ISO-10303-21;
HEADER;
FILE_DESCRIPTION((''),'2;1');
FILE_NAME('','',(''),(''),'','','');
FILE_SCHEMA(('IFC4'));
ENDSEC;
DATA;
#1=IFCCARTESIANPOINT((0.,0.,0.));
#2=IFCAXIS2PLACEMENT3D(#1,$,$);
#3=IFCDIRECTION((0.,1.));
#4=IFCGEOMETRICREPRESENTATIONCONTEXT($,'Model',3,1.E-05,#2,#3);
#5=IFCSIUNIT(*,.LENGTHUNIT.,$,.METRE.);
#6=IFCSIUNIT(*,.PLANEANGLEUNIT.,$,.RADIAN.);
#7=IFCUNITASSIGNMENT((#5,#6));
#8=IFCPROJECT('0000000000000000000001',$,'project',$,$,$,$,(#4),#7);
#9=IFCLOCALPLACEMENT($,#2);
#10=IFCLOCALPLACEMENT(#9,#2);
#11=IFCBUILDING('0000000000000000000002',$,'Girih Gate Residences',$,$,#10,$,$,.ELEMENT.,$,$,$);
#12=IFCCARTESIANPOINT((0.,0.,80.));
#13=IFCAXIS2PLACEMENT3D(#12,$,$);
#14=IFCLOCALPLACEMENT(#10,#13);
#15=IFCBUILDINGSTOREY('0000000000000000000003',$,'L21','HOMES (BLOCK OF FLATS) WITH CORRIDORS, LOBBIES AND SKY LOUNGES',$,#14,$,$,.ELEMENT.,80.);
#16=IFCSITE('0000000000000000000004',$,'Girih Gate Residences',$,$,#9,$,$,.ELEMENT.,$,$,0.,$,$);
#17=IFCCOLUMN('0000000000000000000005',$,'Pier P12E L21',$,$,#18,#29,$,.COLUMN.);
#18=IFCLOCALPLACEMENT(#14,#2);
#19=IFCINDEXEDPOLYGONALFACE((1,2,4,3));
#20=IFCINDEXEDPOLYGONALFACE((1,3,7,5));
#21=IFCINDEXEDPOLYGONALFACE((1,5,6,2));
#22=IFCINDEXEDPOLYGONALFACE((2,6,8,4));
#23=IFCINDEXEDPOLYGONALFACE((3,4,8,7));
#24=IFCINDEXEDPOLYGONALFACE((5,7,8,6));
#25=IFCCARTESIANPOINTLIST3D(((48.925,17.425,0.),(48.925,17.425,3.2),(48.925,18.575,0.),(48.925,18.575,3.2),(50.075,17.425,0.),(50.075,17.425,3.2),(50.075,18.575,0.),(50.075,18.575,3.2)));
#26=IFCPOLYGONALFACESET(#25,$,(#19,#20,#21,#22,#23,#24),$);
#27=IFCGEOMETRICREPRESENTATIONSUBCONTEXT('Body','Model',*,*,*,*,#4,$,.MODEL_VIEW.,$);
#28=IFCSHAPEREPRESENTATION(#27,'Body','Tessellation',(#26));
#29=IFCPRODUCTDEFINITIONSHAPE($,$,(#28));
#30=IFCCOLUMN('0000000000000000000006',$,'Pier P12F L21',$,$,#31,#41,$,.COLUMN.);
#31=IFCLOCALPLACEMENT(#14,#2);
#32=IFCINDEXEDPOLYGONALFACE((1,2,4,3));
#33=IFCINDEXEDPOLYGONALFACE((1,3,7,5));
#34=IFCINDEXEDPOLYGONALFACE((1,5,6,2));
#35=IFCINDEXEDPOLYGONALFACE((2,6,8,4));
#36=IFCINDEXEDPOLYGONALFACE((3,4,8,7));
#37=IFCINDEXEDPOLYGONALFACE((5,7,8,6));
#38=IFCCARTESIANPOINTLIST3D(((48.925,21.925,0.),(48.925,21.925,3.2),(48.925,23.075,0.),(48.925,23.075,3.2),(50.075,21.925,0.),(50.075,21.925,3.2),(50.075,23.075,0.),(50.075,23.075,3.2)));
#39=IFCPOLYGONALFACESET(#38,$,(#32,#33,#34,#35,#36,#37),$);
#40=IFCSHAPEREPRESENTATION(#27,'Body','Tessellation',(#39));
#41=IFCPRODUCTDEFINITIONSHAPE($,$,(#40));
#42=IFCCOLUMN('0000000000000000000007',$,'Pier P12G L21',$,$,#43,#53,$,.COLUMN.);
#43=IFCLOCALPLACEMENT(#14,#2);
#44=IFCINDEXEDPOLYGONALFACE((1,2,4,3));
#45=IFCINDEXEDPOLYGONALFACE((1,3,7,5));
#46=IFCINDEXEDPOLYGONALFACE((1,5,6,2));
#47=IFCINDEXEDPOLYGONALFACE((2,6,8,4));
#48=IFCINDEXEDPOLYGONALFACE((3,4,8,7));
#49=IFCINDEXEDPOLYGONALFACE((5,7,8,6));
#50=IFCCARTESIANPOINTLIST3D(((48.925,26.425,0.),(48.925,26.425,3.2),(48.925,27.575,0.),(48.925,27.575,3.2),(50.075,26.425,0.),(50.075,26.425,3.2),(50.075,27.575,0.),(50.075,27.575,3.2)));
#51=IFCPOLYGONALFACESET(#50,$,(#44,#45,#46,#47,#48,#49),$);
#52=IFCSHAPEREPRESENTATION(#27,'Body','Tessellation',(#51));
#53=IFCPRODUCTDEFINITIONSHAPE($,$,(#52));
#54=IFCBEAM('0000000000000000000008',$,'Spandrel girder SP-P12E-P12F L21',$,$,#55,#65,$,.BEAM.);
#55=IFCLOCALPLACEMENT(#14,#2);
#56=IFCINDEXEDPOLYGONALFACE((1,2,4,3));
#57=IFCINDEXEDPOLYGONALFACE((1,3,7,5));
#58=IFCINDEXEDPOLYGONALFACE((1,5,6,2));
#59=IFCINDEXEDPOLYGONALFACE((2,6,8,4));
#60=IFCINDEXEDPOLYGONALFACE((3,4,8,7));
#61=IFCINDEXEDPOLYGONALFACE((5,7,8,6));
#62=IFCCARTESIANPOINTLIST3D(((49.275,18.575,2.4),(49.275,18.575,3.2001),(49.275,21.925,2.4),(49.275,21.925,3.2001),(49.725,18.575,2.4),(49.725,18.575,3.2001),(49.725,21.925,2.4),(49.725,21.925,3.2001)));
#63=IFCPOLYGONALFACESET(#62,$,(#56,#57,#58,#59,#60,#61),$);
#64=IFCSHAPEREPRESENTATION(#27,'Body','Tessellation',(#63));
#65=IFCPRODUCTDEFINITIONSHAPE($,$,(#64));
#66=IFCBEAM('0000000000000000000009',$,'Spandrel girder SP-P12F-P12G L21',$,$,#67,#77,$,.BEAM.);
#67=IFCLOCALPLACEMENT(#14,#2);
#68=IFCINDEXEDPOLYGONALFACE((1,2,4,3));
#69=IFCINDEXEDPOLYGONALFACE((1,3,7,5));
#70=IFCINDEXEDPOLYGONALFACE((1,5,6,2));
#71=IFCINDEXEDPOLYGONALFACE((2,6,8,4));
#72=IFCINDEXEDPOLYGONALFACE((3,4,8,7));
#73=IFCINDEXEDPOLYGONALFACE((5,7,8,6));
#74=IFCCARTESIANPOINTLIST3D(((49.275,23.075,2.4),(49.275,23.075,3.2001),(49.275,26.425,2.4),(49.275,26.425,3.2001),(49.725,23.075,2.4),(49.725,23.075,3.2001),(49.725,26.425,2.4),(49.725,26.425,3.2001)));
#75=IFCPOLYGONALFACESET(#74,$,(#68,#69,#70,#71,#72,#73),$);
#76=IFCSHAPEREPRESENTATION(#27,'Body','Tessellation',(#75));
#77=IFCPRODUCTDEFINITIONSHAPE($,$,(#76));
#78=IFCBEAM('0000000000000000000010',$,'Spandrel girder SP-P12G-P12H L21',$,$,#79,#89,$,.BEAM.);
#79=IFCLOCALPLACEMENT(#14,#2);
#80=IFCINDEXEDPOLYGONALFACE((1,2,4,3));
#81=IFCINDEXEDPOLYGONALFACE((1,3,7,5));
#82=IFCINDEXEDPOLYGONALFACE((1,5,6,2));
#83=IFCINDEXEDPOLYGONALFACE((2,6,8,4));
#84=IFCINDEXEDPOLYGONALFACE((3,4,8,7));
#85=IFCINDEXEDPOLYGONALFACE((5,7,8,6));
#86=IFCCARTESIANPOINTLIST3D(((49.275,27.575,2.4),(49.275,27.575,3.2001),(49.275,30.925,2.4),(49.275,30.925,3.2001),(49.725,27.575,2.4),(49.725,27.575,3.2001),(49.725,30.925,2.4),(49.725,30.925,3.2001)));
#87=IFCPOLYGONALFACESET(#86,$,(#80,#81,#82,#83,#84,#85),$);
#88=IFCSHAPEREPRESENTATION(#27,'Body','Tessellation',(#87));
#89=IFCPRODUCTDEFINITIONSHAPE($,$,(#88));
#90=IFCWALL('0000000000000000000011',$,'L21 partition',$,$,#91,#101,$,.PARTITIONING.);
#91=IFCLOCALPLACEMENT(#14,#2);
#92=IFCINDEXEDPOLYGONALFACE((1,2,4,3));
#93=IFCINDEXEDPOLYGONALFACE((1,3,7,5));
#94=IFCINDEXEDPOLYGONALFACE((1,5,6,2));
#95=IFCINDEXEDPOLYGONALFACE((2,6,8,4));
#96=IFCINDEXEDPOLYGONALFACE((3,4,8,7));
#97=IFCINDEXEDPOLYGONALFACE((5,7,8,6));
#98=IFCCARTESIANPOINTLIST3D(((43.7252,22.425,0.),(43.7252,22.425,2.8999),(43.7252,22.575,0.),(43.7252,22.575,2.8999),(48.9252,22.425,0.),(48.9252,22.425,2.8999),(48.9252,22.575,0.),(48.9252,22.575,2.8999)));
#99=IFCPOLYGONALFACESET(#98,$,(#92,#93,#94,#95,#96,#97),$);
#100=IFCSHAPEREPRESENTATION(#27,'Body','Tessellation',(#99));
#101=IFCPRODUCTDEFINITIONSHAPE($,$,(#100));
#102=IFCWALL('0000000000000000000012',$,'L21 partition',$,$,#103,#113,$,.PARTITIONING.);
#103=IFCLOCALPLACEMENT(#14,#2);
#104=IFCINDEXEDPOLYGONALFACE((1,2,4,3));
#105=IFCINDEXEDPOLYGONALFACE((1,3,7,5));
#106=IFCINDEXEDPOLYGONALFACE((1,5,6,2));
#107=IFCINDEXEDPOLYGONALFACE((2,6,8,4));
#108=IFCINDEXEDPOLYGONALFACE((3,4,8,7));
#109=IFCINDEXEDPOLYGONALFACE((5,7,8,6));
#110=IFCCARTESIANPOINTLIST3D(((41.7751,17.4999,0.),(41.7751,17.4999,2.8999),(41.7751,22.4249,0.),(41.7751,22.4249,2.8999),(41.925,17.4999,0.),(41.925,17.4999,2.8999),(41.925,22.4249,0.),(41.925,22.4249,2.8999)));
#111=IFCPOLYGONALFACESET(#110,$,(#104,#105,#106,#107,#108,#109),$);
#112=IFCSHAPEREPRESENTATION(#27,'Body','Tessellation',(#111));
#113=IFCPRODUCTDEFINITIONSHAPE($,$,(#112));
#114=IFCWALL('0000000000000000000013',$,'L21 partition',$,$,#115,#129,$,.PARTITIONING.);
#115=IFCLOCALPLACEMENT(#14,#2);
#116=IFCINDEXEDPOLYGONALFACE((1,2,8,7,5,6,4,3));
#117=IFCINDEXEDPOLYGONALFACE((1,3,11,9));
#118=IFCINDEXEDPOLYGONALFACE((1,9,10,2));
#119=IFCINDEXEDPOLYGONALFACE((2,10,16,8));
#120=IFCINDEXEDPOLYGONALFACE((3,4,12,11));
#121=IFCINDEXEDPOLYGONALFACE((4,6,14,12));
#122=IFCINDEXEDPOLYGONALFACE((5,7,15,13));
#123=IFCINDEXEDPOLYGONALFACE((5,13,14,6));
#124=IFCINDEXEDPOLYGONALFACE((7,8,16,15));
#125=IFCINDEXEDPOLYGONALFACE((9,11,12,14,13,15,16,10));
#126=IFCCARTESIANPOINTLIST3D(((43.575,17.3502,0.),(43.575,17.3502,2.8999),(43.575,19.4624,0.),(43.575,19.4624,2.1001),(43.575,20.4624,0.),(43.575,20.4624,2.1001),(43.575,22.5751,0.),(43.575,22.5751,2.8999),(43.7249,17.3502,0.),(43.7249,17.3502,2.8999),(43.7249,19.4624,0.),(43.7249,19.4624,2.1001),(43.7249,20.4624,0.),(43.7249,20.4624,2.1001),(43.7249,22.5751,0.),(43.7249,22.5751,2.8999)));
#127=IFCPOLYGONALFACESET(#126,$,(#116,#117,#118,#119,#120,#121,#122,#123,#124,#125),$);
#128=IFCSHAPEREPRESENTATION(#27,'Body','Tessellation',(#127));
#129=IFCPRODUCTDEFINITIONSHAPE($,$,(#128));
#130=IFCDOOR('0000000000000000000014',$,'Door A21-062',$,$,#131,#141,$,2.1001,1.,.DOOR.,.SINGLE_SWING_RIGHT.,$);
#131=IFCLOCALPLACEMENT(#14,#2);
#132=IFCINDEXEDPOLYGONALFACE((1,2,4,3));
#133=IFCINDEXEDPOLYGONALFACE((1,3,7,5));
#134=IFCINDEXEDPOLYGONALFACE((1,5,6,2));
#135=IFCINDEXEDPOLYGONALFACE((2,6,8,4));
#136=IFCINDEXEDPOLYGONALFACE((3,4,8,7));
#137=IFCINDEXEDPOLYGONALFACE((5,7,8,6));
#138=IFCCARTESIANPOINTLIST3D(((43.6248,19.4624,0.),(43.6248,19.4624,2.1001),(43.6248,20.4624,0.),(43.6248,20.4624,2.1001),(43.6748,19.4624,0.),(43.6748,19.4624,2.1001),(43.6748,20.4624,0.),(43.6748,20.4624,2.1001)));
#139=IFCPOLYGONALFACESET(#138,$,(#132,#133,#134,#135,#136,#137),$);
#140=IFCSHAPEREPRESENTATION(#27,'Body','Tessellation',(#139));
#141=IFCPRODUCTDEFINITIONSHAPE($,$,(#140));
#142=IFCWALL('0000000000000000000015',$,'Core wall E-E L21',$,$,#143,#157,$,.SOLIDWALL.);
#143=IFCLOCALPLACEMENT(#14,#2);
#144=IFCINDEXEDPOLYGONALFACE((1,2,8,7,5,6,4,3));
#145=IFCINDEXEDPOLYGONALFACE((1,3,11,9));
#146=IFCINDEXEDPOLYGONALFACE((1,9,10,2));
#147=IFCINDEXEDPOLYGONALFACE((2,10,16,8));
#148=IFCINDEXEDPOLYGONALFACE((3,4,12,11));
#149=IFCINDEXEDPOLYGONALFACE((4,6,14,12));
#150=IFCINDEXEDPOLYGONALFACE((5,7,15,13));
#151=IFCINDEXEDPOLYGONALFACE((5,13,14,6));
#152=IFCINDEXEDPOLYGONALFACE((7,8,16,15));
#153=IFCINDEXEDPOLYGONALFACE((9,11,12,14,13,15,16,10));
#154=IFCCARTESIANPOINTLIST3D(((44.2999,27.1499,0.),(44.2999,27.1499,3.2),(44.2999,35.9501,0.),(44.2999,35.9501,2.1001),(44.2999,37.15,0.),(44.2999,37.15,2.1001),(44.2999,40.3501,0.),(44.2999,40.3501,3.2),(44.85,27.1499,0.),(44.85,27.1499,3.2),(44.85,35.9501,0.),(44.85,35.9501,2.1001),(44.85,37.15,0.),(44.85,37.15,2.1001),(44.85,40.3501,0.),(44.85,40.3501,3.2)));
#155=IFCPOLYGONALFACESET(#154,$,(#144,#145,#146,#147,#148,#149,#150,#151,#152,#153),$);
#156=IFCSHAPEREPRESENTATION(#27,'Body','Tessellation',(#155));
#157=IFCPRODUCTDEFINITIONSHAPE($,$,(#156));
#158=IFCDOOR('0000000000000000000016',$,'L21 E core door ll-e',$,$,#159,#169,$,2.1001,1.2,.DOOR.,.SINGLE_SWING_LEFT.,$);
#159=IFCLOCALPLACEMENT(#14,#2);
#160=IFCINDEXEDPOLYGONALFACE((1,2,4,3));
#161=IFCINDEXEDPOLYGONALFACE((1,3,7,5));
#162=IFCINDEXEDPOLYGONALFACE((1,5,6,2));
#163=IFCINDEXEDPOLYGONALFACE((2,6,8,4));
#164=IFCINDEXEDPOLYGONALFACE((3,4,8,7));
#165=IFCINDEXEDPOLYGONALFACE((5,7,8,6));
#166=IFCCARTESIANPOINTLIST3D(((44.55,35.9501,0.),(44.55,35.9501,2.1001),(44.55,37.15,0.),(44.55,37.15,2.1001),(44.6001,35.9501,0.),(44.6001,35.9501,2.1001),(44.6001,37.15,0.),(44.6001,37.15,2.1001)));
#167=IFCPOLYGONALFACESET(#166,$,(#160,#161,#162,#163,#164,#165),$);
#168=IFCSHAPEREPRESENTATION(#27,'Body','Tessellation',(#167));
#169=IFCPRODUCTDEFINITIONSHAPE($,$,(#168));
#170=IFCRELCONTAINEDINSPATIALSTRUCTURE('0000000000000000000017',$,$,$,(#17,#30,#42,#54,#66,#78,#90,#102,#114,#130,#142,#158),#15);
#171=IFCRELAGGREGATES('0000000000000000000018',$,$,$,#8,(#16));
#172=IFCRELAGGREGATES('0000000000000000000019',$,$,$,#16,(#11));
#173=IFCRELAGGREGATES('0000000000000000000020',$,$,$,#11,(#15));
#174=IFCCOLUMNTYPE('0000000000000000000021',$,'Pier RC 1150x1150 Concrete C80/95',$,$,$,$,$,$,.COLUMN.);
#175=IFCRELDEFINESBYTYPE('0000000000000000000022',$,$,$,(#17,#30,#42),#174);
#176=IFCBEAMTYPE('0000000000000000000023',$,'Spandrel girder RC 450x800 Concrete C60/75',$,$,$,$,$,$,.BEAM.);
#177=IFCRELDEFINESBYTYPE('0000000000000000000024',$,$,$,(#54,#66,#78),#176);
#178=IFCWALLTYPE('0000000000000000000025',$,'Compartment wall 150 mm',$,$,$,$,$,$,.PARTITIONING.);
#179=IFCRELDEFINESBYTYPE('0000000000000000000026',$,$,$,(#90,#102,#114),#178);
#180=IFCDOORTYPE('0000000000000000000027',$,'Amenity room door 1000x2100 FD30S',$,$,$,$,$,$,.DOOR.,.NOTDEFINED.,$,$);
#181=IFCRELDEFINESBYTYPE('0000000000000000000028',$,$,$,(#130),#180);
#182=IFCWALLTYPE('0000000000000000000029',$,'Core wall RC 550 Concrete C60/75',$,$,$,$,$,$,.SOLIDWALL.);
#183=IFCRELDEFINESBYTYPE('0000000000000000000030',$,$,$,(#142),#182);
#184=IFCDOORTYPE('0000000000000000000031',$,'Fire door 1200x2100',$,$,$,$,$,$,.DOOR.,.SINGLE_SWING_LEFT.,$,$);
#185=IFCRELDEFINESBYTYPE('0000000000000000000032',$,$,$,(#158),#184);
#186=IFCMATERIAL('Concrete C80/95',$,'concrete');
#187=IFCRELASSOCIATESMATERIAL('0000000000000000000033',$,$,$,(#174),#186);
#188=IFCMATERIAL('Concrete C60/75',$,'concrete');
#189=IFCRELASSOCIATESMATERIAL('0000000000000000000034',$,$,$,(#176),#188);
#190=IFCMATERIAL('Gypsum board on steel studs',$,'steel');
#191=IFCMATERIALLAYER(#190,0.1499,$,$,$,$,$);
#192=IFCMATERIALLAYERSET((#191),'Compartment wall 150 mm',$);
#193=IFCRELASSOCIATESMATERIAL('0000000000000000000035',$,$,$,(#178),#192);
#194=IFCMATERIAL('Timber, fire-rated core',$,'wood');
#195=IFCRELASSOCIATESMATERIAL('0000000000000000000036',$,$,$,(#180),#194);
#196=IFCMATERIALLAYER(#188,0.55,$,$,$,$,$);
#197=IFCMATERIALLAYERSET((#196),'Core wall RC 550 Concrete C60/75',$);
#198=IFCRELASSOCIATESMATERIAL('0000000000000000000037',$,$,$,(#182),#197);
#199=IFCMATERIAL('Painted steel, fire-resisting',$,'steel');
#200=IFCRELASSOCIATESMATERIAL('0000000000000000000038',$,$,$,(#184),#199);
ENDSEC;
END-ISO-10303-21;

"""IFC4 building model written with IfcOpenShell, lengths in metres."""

from ifc_helpers import new_model, si_unit, direction, frame, frame_2d, origin, origin_2d, place, context, subcontext, project, spatial, rectangle, extrude, material, layer, layer_set, material_profile, profile_set, type_object, element, fill, save


model = new_model("IFC4")

# Units and contexts
model_context = context("Model", 3, precision=1e-05, world=origin(), true_north=direction((0.0, 1.0)))
body_context = subcontext(model_context, "Body", "Model", "MODEL_VIEW")
ifc_project = project(units=[si_unit("LENGTHUNIT", "METRE"), si_unit("PLANEANGLEUNIT", "RADIAN")], contexts=[model_context])

# Site, building, storey
site_placement = place(None, origin())
site = spatial("IfcSite", under=ifc_project, at=site_placement, Name="Girih Gate Residences", CompositionType="ELEMENT", RefElevation=0.0)
building_placement = place(site_placement, origin())
building = spatial("IfcBuilding", under=site, at=building_placement, Name="Girih Gate Residences", CompositionType="ELEMENT")
storey_placement = place(building_placement, frame((0.0, 0.0, 80.0)))
storey = spatial("IfcBuildingStorey", under=building, at=storey_placement, Name="L21", Description="HOMES (BLOCK OF FLATS) WITH CORRIDORS, LOBBIES AND SKY LOUNGES", CompositionType="ELEMENT", Elevation=80.0)

# Columns
ifc_material_1 = material(Name="Concrete C80/95", Category="concrete")
ifc_material_profile_1 = material_profile(ifc_material_1, rectangle(XDim=1.1499, YDim=1.1499, at=origin_2d()))
ifc_profile_set_1 = profile_set([ifc_material_profile_1], Name="Concrete C80/95")
column_type = type_object("IfcColumnType", Name="Pier RC 1150x1150 Concrete C80/95", PredefinedType="COLUMN", material=ifc_profile_set_1)
for number, where, z_axis, x_axis, name in (
    (1, (49.5, 18.0, 0.0), (0.0, 0.0, 1.0), (1.0, 0.0, 0.0), "Pier P12E L21"),
    (2, (49.5, 22.5, 0.0), (0.0, 0.0, 1.0), (1.0, 0.0, 0.0), "Pier P12F L21"),
    (3, (49.5, 27.0, 0.0), (0.0, 0.0, 1.0), (1.0, 0.0, 0.0), "Pier P12G L21"),
):
    element("IfcColumn", number, at=place(storey_placement, frame(where, z_axis=z_axis, x_axis=x_axis)), inside=storey, type_object=column_type, Name=name, PredefinedType="COLUMN", context=body_context, shape_type="SweptSolid", body=[
        extrude(rectangle(XDim=1.1499, YDim=1.1499, at=origin_2d()), origin(), (0.0, 0.0, 1.0), 3.2),
    ])

# Beams
ifc_material_2 = material(Name="Concrete C60/75", Category="concrete")
ifc_material_profile_2 = material_profile(ifc_material_2, rectangle(XDim=0.45, YDim=0.8, at=origin_2d()))
ifc_profile_set_2 = profile_set([ifc_material_profile_2], Name="Concrete C60/75")
beam_type = type_object("IfcBeamType", Name="Spandrel girder RC 450x800 Concrete C60/75", PredefinedType="BEAM", material=ifc_profile_set_2)
for number, where, z_axis, x_axis, name in (
    (4, (49.5, 18.575, 2.8), (0.0, 1.0, 0.0), (-1.0, 0.0, 0.0), "Spandrel girder SP-P12E-P12F L21"),
    (5, (49.5, 23.075, 2.8), (0.0, 1.0, 0.0), (-1.0, 0.0, 0.0), "Spandrel girder SP-P12F-P12G L21"),
    (6, (49.5, 27.575, 2.8), (0.0, 1.0, 0.0), (-1.0, 0.0, 0.0), "Spandrel girder SP-P12G-P12H L21"),
):
    element("IfcBeam", number, at=place(storey_placement, frame(where, z_axis=z_axis, x_axis=x_axis)), inside=storey, type_object=beam_type, Name=name, PredefinedType="BEAM", context=body_context, shape_type="SweptSolid", body=[
        extrude(rectangle(XDim=0.45, YDim=0.8, at=origin_2d()), origin(), (0.0, 0.0, 1.0), 3.3501),
    ])

# Walls
ifc_material_3 = material(Name="Gypsum board on steel studs", Category="steel")
ifc_layer_1 = layer(ifc_material_3, 0.1499)
ifc_layer_set_1 = layer_set([ifc_layer_1], Name="Compartment wall 150 mm")
wall_type_1 = type_object("IfcWallType", Name="Compartment wall 150 mm", PredefinedType="PARTITIONING", material=ifc_layer_set_1)
wall_1_placement = place(storey_placement, frame((43.7251, 22.5, 0.0), z_axis=(0.0, 0.0, 1.0), x_axis=(1.0, 0.0, 0.0)))
element("IfcWall", 7, at=wall_1_placement, inside=storey, type_object=wall_type_1, Name="L21 partition", PredefinedType="PARTITIONING", context=body_context, shape_type="SweptSolid", body=[
    extrude(rectangle(XDim=5.2, YDim=0.1499, at=frame_2d((2.6001, 0.0))), origin(), (0.0, 0.0, 1.0), 2.8999),
])
wall_2_placement = place(storey_placement, frame((41.8501, 17.5, 0.0), z_axis=(0.0, 0.0, 1.0), x_axis=(0.0, 1.0, 0.0)))
element("IfcWall", 8, at=wall_2_placement, inside=storey, type_object=wall_type_1, Name="L21 partition", PredefinedType="PARTITIONING", context=body_context, shape_type="SweptSolid", body=[
    extrude(rectangle(XDim=4.925, YDim=0.1499, at=frame_2d((2.4624, 0.0))), origin(), (0.0, 0.0, 1.0), 2.8999),
])

# Walls, openings, doors
wall_3_placement = place(storey_placement, frame((43.6499, 22.575, 0.0), z_axis=(0.0, 0.0, 1.0), x_axis=(0.0, -1.0, 0.0)))
wall_3 = element("IfcWall", 9, at=wall_3_placement, inside=storey, type_object=wall_type_1, Name="L21 partition", PredefinedType="PARTITIONING", context=body_context, shape_type="SweptSolid", body=[
    extrude(rectangle(XDim=5.2249, YDim=0.1499, at=frame_2d((2.6123, 0.0))), origin(), (0.0, 0.0, 1.0), 2.8999),
])
opening_1_placement = place(wall_3_placement, frame((2.1125, 0.0, 0.0)))
opening_1 = element("IfcOpeningElement", 10, at=opening_1_placement, cuts=wall_3, PredefinedType="OPENING", context=body_context, shape_type="SweptSolid", body=[
    extrude(rectangle(XDim=1.0, YDim=2.1001, at=frame_2d((0.5, 1.05))), frame((0.0, 0.085, 0.0), z_axis=(0.0, -1.0, 0.0), x_axis=(1.0, 0.0, 0.0)), (0.0, 0.0, 1.0), 0.1699),
])
ifc_material_4 = material(Name="Timber, fire-rated core", Category="wood")
door_type_1 = type_object("IfcDoorType", Name="Amenity room door 1000x2100 FD30S", OperationType="NOTDEFINED", PredefinedType="DOOR", material=ifc_material_4)
door_1_placement = place(opening_1_placement, origin())
door_1 = element("IfcDoor", 11, at=door_1_placement, inside=storey, type_object=door_type_1, Name="Door A21-062", OperationType="SINGLE_SWING_RIGHT", OverallHeight=2.1001, OverallWidth=1.0, PredefinedType="DOOR", context=body_context, shape_type="SweptSolid", body=[
    extrude(rectangle(XDim=1.0, YDim=2.1001, at=frame_2d((0.5, 1.05))), frame((0.0, 0.0249, 0.0), z_axis=(0.0, -1.0, 0.0), x_axis=(1.0, 0.0, 0.0)), (0.0, 0.0, 1.0), 0.05),
])
fill(opening_1, door_1)
ifc_layer_2 = layer(ifc_material_2, 0.55)
ifc_layer_set_2 = layer_set([ifc_layer_2], Name="Core wall RC 550 Concrete C60/75")
wall_type_2 = type_object("IfcWallType", Name="Core wall RC 550 Concrete C60/75", PredefinedType="SOLIDWALL", material=ifc_layer_set_2)
wall_4_placement = place(storey_placement, frame((44.575, 27.1499, 0.0), z_axis=(0.0, 0.0, 1.0), x_axis=(0.0, 1.0, 0.0)))
wall_4 = element("IfcWall", 12, at=wall_4_placement, inside=storey, type_object=wall_type_2, Name="Core wall E-E L21", PredefinedType="SOLIDWALL", context=body_context, shape_type="SweptSolid", body=[
    extrude(rectangle(XDim=13.2002, YDim=0.55, at=frame_2d((6.6001, 0.0))), origin(), (0.0, 0.0, 1.0), 3.2),
])
opening_2_placement = place(wall_4_placement, frame((8.8, 0.0, 0.0)))
opening_2 = element("IfcOpeningElement", 13, at=opening_2_placement, cuts=wall_4, PredefinedType="OPENING", context=body_context, shape_type="SweptSolid", body=[
    extrude(rectangle(XDim=1.2, YDim=2.1001, at=frame_2d((0.6001, 1.05))), frame((0.0, 0.2849, 0.0), z_axis=(0.0, -1.0, 0.0), x_axis=(1.0, 0.0, 0.0)), (0.0, 0.0, 1.0), 0.5701),
])
ifc_material_5 = material(Name="Painted steel, fire-resisting", Category="steel")
door_type_2 = type_object("IfcDoorType", Name="Fire door 1200x2100", OperationType="SINGLE_SWING_LEFT", PredefinedType="DOOR", material=ifc_material_5)
door_2_placement = place(opening_2_placement, origin())
door_2 = element("IfcDoor", 14, at=door_2_placement, inside=storey, type_object=door_type_2, Name="L21 E core door ll-e", OperationType="SINGLE_SWING_LEFT", OverallHeight=2.1001, OverallWidth=1.2, PredefinedType="DOOR", context=body_context, shape_type="SweptSolid", body=[
    extrude(rectangle(XDim=1.2, YDim=2.1001, at=frame_2d((0.6001, 1.05))), frame((0.0, 0.0249, 0.0), z_axis=(0.0, -1.0, 0.0), x_axis=(1.0, 0.0, 0.0)), (0.0, 0.0, 1.0), 0.05),
])
fill(opening_2, door_2)

save(model, "model.ifc")
